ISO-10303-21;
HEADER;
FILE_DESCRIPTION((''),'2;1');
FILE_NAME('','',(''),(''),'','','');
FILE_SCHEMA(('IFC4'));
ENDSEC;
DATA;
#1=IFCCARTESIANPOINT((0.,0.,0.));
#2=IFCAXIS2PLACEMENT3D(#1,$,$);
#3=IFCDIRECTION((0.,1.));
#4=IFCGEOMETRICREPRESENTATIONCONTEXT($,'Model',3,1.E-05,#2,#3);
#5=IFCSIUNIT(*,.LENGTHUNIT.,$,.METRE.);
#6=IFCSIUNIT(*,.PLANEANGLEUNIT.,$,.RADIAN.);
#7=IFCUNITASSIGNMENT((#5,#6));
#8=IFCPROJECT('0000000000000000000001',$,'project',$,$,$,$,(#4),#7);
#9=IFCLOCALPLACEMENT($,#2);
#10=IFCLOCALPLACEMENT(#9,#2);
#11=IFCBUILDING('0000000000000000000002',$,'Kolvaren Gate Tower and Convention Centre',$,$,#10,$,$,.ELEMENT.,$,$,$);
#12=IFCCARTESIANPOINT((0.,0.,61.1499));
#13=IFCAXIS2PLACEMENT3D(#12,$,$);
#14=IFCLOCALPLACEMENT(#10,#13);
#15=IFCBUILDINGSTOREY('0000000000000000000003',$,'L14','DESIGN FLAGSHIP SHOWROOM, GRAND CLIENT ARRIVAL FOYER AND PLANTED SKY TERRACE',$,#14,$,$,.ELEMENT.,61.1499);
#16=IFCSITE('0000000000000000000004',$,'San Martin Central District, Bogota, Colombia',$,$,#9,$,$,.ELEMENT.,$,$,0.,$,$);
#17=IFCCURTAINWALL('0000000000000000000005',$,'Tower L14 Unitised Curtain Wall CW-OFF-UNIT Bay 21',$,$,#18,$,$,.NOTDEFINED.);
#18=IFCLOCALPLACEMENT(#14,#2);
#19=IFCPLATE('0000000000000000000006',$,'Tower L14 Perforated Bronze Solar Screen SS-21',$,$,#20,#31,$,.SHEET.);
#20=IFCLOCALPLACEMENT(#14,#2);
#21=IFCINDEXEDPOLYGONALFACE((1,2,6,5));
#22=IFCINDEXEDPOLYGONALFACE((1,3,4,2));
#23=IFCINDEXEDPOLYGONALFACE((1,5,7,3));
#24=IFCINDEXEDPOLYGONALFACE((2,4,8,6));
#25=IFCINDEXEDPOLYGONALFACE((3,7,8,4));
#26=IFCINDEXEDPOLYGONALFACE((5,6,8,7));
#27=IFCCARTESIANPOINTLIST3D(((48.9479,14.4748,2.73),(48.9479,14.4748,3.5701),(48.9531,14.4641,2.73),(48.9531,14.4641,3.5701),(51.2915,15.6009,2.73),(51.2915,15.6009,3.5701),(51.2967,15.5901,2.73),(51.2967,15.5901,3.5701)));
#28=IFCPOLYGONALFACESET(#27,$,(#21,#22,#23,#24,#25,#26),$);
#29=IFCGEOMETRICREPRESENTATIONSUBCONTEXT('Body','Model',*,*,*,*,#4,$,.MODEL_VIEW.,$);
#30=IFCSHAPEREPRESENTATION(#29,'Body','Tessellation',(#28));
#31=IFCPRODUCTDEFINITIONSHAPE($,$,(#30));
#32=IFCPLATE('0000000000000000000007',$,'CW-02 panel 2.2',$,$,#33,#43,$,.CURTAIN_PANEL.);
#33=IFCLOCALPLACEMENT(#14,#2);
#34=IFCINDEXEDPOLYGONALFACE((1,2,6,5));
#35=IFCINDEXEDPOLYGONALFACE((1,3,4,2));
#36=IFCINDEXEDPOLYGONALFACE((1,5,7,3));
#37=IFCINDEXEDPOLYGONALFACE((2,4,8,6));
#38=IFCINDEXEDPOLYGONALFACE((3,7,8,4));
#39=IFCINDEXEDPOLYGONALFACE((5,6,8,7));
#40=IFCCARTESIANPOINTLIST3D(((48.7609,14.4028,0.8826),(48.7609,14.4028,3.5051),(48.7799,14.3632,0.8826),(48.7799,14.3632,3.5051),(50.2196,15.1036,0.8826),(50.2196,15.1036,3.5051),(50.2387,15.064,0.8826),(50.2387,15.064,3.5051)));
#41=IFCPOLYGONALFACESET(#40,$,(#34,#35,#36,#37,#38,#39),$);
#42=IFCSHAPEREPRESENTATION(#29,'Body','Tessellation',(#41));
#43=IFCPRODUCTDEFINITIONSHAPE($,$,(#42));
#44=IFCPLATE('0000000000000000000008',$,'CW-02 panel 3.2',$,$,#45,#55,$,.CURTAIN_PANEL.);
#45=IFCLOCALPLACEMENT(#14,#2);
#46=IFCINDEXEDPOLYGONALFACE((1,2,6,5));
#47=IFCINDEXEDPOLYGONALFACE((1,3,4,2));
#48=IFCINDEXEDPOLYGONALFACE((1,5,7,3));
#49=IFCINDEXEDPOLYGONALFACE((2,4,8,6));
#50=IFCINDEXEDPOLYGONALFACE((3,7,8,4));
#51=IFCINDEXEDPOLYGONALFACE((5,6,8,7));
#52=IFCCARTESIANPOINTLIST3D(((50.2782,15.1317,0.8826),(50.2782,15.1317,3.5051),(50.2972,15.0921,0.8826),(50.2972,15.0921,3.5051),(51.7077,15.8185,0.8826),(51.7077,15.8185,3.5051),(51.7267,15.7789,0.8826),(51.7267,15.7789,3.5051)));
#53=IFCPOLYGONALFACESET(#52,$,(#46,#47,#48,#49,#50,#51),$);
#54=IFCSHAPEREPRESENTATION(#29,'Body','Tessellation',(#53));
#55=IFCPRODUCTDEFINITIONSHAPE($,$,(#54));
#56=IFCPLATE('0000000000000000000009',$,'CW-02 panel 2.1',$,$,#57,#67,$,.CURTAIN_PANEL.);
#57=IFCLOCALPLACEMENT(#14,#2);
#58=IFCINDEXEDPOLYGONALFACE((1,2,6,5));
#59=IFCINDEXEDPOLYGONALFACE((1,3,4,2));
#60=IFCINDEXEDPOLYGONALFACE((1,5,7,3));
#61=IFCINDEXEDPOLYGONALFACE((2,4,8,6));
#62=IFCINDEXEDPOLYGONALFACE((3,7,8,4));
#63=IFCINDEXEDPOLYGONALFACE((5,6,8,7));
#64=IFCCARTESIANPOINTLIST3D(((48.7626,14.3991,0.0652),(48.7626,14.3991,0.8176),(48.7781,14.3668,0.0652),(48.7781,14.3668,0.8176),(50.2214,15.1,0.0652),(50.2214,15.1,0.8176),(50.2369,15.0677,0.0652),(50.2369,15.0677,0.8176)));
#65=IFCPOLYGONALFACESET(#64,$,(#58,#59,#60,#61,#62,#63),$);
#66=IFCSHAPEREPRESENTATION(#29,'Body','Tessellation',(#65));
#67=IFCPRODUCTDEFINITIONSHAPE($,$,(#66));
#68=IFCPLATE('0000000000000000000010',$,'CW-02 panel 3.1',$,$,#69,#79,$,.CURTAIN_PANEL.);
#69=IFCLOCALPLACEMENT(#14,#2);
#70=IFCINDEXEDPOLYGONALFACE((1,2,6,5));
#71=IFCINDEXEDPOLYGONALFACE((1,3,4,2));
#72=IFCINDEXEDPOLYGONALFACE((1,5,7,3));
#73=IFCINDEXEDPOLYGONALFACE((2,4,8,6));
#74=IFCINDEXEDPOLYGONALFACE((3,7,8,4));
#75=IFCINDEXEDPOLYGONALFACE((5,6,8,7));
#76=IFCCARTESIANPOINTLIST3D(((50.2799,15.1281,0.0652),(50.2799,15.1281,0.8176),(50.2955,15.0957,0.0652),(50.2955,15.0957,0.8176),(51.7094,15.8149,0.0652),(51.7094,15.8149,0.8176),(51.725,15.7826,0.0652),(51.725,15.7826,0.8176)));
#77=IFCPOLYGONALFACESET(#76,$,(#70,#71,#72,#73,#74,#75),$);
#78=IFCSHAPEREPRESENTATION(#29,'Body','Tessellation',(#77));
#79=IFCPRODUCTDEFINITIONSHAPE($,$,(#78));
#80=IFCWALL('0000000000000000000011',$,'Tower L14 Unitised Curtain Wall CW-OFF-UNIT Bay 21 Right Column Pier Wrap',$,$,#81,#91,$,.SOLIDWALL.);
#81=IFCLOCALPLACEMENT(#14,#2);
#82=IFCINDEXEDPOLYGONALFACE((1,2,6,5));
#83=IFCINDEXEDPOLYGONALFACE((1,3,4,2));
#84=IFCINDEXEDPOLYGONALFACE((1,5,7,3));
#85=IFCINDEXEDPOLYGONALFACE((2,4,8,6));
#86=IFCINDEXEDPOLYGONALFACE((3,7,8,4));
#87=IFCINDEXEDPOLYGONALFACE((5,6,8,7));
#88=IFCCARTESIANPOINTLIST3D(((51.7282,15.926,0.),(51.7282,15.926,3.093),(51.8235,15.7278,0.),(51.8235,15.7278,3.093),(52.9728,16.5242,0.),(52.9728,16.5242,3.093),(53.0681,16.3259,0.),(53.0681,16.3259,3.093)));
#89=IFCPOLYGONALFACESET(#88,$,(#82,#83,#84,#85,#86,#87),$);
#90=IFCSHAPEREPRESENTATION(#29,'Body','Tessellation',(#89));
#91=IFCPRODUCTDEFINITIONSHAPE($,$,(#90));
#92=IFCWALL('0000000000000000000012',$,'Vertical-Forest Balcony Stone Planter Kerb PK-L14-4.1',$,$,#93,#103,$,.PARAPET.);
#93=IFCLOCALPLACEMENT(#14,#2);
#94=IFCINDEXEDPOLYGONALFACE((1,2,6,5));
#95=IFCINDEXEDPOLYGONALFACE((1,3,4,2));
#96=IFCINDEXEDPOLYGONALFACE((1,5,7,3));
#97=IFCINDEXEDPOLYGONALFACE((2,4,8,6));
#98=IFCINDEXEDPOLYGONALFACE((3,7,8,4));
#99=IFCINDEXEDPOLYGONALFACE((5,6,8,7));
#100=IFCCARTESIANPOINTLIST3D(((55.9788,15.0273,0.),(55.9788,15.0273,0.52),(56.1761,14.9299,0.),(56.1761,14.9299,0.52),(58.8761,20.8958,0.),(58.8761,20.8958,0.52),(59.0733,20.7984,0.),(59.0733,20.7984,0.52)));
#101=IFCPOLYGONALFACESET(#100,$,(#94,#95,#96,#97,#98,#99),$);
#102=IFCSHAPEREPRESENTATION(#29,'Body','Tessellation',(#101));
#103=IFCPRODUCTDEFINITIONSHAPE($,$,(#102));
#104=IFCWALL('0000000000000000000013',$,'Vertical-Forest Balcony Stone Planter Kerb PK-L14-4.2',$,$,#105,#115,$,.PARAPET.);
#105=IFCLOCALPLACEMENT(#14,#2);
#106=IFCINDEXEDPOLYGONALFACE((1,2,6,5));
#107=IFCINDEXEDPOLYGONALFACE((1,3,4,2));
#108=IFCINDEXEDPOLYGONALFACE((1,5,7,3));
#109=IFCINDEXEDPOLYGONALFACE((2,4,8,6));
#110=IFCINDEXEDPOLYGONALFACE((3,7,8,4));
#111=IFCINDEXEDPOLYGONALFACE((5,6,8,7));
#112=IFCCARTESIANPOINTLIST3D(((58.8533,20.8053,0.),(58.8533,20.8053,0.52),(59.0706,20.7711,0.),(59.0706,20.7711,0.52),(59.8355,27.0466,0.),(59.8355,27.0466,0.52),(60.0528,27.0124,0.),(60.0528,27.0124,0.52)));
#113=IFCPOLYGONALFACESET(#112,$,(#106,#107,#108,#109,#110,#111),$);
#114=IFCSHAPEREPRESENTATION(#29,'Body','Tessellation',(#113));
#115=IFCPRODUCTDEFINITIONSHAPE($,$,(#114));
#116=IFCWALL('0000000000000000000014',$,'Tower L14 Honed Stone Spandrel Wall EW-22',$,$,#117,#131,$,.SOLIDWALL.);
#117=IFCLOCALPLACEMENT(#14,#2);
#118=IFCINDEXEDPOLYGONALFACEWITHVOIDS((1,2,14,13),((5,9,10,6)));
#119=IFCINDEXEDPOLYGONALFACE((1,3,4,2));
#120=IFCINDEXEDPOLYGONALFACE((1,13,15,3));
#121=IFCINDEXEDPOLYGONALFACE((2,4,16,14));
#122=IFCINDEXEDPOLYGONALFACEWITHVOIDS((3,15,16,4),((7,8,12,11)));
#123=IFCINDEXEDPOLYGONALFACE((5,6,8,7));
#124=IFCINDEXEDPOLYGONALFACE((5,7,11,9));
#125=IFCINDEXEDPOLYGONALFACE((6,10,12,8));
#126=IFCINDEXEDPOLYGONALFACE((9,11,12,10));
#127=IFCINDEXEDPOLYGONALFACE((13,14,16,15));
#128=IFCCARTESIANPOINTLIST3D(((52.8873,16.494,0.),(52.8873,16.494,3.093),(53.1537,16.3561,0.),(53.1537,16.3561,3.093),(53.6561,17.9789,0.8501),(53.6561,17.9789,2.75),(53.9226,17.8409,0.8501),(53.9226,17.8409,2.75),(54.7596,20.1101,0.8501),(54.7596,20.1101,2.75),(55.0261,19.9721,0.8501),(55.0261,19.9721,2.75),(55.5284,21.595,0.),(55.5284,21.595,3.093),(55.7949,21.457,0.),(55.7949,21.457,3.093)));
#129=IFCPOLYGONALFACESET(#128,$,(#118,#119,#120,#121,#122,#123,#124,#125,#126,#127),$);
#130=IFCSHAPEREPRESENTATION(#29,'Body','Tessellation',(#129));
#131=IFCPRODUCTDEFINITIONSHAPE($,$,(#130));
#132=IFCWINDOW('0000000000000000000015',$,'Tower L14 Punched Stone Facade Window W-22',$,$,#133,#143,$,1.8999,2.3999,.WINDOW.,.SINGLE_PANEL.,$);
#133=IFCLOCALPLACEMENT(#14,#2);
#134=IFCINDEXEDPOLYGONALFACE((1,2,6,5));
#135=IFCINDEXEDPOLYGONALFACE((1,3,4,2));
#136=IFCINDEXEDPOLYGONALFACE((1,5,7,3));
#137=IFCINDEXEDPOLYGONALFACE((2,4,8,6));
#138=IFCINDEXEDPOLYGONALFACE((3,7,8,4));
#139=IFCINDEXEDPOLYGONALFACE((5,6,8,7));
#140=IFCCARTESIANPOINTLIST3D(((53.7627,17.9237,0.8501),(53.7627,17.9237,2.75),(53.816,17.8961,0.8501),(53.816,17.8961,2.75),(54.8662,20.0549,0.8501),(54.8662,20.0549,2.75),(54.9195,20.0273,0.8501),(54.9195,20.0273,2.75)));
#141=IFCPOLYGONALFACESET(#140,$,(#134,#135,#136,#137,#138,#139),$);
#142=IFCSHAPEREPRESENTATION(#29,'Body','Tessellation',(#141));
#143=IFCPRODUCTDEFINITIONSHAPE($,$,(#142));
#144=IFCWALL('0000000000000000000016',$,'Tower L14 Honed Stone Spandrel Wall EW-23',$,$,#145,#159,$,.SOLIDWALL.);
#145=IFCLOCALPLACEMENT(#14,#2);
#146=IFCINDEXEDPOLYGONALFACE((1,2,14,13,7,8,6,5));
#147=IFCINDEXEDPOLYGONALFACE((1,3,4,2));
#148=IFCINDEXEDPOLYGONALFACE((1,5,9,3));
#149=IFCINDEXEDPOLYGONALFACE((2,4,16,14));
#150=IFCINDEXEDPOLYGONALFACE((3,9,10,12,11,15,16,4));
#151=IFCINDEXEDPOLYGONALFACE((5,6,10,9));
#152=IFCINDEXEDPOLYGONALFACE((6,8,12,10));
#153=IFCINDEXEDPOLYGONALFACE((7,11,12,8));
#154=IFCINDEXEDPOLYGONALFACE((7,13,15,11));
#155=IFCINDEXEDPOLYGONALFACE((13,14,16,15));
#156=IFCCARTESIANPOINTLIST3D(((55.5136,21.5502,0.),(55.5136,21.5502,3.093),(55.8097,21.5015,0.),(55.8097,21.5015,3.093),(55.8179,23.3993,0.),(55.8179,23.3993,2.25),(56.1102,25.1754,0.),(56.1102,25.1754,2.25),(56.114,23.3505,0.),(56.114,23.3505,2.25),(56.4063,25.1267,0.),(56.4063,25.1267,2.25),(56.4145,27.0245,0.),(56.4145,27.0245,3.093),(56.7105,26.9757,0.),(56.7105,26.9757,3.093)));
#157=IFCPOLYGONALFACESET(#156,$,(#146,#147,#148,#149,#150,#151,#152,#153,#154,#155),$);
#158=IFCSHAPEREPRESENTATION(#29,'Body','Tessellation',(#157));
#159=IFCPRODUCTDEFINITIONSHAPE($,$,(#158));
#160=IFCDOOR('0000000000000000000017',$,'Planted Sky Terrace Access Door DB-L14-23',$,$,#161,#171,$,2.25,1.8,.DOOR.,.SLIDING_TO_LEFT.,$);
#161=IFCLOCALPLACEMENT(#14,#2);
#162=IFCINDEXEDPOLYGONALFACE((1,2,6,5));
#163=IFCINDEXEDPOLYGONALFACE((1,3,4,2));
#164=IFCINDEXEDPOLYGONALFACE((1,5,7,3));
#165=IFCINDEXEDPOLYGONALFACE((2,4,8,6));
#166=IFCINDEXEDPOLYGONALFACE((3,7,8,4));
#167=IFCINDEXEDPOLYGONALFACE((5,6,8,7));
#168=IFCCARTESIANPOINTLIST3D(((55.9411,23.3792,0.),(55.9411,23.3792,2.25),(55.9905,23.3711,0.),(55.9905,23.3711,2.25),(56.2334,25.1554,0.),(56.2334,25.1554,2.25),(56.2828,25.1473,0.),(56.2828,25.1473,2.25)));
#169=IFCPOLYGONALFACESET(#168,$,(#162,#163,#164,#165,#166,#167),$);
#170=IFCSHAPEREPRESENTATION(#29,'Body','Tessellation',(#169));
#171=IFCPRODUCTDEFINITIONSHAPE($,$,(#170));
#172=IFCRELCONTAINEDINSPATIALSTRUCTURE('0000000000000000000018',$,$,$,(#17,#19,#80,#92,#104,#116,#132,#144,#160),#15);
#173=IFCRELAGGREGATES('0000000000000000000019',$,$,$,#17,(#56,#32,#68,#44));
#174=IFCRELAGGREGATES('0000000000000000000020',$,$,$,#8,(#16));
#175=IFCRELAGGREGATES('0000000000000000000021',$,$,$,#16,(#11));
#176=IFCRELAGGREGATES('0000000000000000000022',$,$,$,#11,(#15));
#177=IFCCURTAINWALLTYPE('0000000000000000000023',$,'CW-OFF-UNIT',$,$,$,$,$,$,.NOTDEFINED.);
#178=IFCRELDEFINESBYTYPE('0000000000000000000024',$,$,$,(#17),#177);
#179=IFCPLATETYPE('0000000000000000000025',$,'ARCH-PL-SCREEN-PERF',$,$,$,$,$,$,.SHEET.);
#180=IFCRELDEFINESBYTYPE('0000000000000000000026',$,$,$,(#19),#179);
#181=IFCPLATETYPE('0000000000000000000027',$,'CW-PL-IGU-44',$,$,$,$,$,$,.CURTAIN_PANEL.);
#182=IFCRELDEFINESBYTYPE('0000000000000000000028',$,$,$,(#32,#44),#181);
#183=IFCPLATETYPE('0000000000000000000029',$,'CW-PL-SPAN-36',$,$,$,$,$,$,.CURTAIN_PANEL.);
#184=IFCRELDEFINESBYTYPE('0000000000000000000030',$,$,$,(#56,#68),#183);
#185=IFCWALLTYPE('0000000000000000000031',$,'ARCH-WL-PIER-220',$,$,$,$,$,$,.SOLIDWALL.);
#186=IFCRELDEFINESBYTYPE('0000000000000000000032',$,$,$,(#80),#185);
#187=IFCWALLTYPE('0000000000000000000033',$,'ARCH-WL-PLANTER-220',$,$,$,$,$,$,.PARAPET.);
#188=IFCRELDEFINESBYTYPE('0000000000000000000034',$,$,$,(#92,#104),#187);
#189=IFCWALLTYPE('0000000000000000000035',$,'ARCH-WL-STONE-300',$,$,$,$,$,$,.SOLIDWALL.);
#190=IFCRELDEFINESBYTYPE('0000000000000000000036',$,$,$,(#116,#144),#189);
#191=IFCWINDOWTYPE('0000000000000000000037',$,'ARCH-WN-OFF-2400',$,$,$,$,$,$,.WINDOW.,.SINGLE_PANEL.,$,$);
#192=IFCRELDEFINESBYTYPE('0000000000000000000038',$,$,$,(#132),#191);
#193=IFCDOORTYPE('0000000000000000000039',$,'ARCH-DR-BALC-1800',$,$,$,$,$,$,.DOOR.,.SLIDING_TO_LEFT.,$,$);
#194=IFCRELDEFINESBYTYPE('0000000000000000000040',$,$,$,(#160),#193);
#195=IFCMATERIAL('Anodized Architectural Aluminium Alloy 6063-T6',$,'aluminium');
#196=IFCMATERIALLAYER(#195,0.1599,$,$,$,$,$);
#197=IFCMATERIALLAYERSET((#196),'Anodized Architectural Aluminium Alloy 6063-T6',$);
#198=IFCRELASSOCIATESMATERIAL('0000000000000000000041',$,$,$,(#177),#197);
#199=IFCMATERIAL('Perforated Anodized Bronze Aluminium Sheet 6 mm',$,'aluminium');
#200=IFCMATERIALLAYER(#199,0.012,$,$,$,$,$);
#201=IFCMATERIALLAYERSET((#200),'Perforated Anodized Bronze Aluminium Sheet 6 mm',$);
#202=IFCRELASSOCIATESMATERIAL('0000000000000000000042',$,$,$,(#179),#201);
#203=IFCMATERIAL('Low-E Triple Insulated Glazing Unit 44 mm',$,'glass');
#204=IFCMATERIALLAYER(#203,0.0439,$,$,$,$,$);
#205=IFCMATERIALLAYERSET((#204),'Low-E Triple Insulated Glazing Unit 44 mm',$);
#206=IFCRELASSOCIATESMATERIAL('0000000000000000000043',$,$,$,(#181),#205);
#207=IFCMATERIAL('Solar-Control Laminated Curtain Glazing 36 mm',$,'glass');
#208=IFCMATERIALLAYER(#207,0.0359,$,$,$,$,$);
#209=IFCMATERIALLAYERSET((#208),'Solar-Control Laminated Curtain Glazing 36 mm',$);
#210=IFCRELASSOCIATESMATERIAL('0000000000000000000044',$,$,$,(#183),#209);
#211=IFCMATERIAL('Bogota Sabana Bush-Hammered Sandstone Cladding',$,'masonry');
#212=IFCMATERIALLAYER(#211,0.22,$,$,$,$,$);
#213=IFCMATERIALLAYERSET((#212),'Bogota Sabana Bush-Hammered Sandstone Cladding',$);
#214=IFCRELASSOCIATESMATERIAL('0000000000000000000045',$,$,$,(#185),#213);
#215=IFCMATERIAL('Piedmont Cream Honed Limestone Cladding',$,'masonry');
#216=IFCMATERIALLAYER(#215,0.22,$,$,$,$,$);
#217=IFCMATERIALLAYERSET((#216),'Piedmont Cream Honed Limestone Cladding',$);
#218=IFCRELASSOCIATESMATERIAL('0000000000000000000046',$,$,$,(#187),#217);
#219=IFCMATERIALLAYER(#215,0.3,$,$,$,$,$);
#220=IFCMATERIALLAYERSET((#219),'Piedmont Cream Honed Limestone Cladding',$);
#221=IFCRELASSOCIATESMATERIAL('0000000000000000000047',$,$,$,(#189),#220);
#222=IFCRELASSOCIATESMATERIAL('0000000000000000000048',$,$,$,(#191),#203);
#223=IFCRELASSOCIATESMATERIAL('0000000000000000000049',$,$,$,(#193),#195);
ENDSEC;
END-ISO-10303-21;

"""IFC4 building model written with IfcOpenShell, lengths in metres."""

from ifc_helpers import new_model, si_unit, direction, frame, frame_2d, origin, origin_2d, place, context, subcontext, project, spatial, rectangle, extrude, material, layer, layer_set, type_object, element, fill, aggregate, save


model = new_model("IFC4")

# Units and contexts
model_context = context("Model", 3, precision=1e-05, world=origin(), true_north=direction((0.0, 1.0)))
body_context = subcontext(model_context, "Body", "Model", "MODEL_VIEW")
ifc_project = project(units=[si_unit("LENGTHUNIT", "METRE"), si_unit("PLANEANGLEUNIT", "RADIAN")], contexts=[model_context])

# Site, building, storey
site_placement = place(None, origin())
site = spatial("IfcSite", under=ifc_project, at=site_placement, Name="San Martin Central District, Bogota, Colombia", CompositionType="ELEMENT", RefElevation=0.0)
building_placement = place(site_placement, origin())
building = spatial("IfcBuilding", under=site, at=building_placement, Name="Kolvaren Gate Tower and Convention Centre", CompositionType="ELEMENT")
storey_placement = place(building_placement, frame((0.0, 0.0, 61.1499)))
storey = spatial("IfcBuildingStorey", under=building, at=storey_placement, Name="L14", Description="DESIGN FLAGSHIP SHOWROOM, GRAND CLIENT ARRIVAL FOYER AND PLANTED SKY TERRACE", CompositionType="ELEMENT", Elevation=61.1499)

# Curtain wall
ifc_material_1 = material(Name="Anodized Architectural Aluminium Alloy 6063-T6", Category="aluminium")
ifc_layer_1 = layer(ifc_material_1, 0.1599)
ifc_layer_set_1 = layer_set([ifc_layer_1], Name="Anodized Architectural Aluminium Alloy 6063-T6")
curtain_wall_type = type_object("IfcCurtainWallType", Name="CW-OFF-UNIT", PredefinedType="NOTDEFINED", material=ifc_layer_set_1)
curtain_wall_placement = place(storey_placement, origin())
curtain_wall = element("IfcCurtainWall", 1, at=curtain_wall_placement, inside=storey, type_object=curtain_wall_type, Name="Tower L14 Unitised Curtain Wall CW-OFF-UNIT Bay 21", PredefinedType="NOTDEFINED")

# Plates
ifc_material_2 = material(Name="Perforated Anodized Bronze Aluminium Sheet 6 mm", Category="aluminium")
ifc_layer_2 = layer(ifc_material_2, 0.012)
ifc_layer_set_2 = layer_set([ifc_layer_2], Name="Perforated Anodized Bronze Aluminium Sheet 6 mm")
plate_type_1 = type_object("IfcPlateType", Name="ARCH-PL-SCREEN-PERF", PredefinedType="SHEET", material=ifc_layer_set_2)
plate_1_placement = place(storey_placement, frame((50.1223, 15.0325, 2.73), z_axis=(0.0, 0.0, 1.0), x_axis=(0.901358, 0.433076, 0.0)))
element("IfcPlate", 2, at=plate_1_placement, inside=storey, type_object=plate_type_1, Name="Tower L14 Perforated Bronze Solar Screen SS-21", PredefinedType="SHEET", context=body_context, shape_type="SweptSolid", body=[
    extrude(rectangle(XDim=2.6001, YDim=0.012, at=origin_2d()), origin(), (0.0, 0.0, 1.0), 0.8401),
])
ifc_material_3 = material(Name="Low-E Triple Insulated Glazing Unit 44 mm", Category="glass")
ifc_layer_3 = layer(ifc_material_3, 0.0439)
ifc_layer_set_3 = layer_set([ifc_layer_3], Name="Low-E Triple Insulated Glazing Unit 44 mm")
plate_type_2 = type_object("IfcPlateType", Name="CW-PL-IGU-44", PredefinedType="CURTAIN_PANEL", material=ifc_layer_set_3)
plate_2_placement = place(storey_placement, frame((49.4998, 14.7334, 0.8826), z_axis=(0.0, 0.0, 1.0), x_axis=(0.901362, 0.433067, 0.0)))
plate_2 = element("IfcPlate", 3, at=plate_2_placement, type_object=plate_type_2, Name="CW-02 panel 2.2", PredefinedType="CURTAIN_PANEL", context=body_context, shape_type="SweptSolid", body=[
    extrude(rectangle(XDim=1.6184, YDim=0.0439, at=origin_2d()), origin(), (0.0, 0.0, 1.0), 2.6226),
])
plate_3_placement = place(storey_placement, frame((51.0024, 15.4553, 0.8826), z_axis=(0.0, 0.0, 1.0), x_axis=(0.901362, 0.433067, 0.0)))
plate_3 = element("IfcPlate", 4, at=plate_3_placement, type_object=plate_type_2, Name="CW-02 panel 3.2", PredefinedType="CURTAIN_PANEL", context=body_context, shape_type="SweptSolid", body=[
    extrude(rectangle(XDim=1.5859, YDim=0.0439, at=origin_2d()), origin(), (0.0, 0.0, 1.0), 2.6226),
])
ifc_material_4 = material(Name="Solar-Control Laminated Curtain Glazing 36 mm", Category="glass")
ifc_layer_4 = layer(ifc_material_4, 0.0359)
ifc_layer_set_4 = layer_set([ifc_layer_4], Name="Solar-Control Laminated Curtain Glazing 36 mm")
plate_type_3 = type_object("IfcPlateType", Name="CW-PL-SPAN-36", PredefinedType="CURTAIN_PANEL", material=ifc_layer_set_4)
plate_4_placement = place(storey_placement, frame((49.4998, 14.7334, 0.0652), z_axis=(0.0, 0.0, 1.0), x_axis=(0.901362, 0.433067, 0.0)))
plate_4 = element("IfcPlate", 5, at=plate_4_placement, type_object=plate_type_3, Name="CW-02 panel 2.1", PredefinedType="CURTAIN_PANEL", context=body_context, shape_type="SweptSolid", body=[
    extrude(rectangle(XDim=1.6184, YDim=0.0359, at=origin_2d()), origin(), (0.0, 0.0, 1.0), 0.7524),
])
plate_5_placement = place(storey_placement, frame((51.0024, 15.4553, 0.0652), z_axis=(0.0, 0.0, 1.0), x_axis=(0.901362, 0.433067, 0.0)))
plate_5 = element("IfcPlate", 6, at=plate_5_placement, type_object=plate_type_3, Name="CW-02 panel 3.1", PredefinedType="CURTAIN_PANEL", context=body_context, shape_type="SweptSolid", body=[
    extrude(rectangle(XDim=1.5859, YDim=0.0359, at=origin_2d()), origin(), (0.0, 0.0, 1.0), 0.7524),
])
aggregate(curtain_wall, [plate_4, plate_2, plate_5, plate_3])

# Walls
ifc_material_5 = material(Name="Bogota Sabana Bush-Hammered Sandstone Cladding", Category="masonry")
ifc_layer_5 = layer(ifc_material_5, 0.22)
ifc_layer_set_5 = layer_set([ifc_layer_5], Name="Bogota Sabana Bush-Hammered Sandstone Cladding")
wall_type_1 = type_object("IfcWallType", Name="ARCH-WL-PIER-220", PredefinedType="SOLIDWALL", material=ifc_layer_set_5)
wall_1_placement = place(storey_placement, frame((51.7759, 15.8269, 0.0), z_axis=(0.0, 0.0, 1.0), x_axis=(0.901319, 0.433156, 0.0)))
element("IfcWall", 7, at=wall_1_placement, inside=storey, type_object=wall_type_1, Name="Tower L14 Unitised Curtain Wall CW-OFF-UNIT Bay 21 Right Column Pier Wrap", PredefinedType="SOLIDWALL", context=body_context, shape_type="SweptSolid", body=[
    extrude(rectangle(XDim=1.3809, YDim=0.22, at=frame_2d((0.6904, 0.0))), origin(), (0.0, 0.0, 1.0), 3.093),
])
ifc_material_6 = material(Name="Piedmont Cream Honed Limestone Cladding", Category="masonry")
ifc_layer_6 = layer(ifc_material_6, 0.22)
ifc_layer_set_6 = layer_set([ifc_layer_6], Name="Piedmont Cream Honed Limestone Cladding")
wall_type_2 = type_object("IfcWallType", Name="ARCH-WL-PLANTER-220", PredefinedType="PARAPET", material=ifc_layer_set_6)
wall_2_placement = place(storey_placement, frame((56.0774, 14.9785, 0.0), z_axis=(0.0, 0.0, 1.0), x_axis=(0.442687, 0.896676, 0.0)))
element("IfcWall", 8, at=wall_2_placement, inside=storey, type_object=wall_type_2, Name="Vertical-Forest Balcony Stone Planter Kerb PK-L14-4.1", PredefinedType="PARAPET", context=body_context, shape_type="SweptSolid", body=[
    extrude(rectangle(XDim=6.5447, YDim=0.22, at=frame_2d((3.2725, 0.0))), origin(), (0.0, 0.0, 1.0), 0.52),
])
wall_3_placement = place(storey_placement, frame((58.9619, 20.7881, 0.0), z_axis=(0.0, 0.0, 1.0), x_axis=(0.155457, 0.987843, 0.0)))
element("IfcWall", 9, at=wall_3_placement, inside=storey, type_object=wall_type_2, Name="Vertical-Forest Balcony Stone Planter Kerb PK-L14-4.2", PredefinedType="PARAPET", context=body_context, shape_type="SweptSolid", body=[
    extrude(rectangle(XDim=6.3181, YDim=0.22, at=frame_2d((3.1592, 0.0))), origin(), (0.0, 0.0, 1.0), 0.52),
])

# Wall, opening, window
ifc_layer_7 = layer(ifc_material_6, 0.3)
ifc_layer_set_7 = layer_set([ifc_layer_7], Name="Piedmont Cream Honed Limestone Cladding")
wall_type_3 = type_object("IfcWallType", Name="ARCH-WL-STONE-300", PredefinedType="SOLIDWALL", material=ifc_layer_set_7)
wall_4_placement = place(storey_placement, frame((53.0205, 16.425, 0.0), z_axis=(0.0, 0.0, 1.0), x_axis=(0.459801, 0.888022, 0.0)))
wall_4 = element("IfcWall", 10, at=wall_4_placement, inside=storey, type_object=wall_type_3, Name="Tower L14 Honed Stone Spandrel Wall EW-22", PredefinedType="SOLIDWALL", context=body_context, shape_type="SweptSolid", body=[
    extrude(rectangle(XDim=5.7441, YDim=0.3, at=frame_2d((2.8721, 0.0))), origin(), (0.0, 0.0, 1.0), 3.093),
])
opening_1_placement = place(wall_4_placement, frame((1.6721, 0.0, 0.8501)))
opening_1 = element("IfcOpeningElement", 11, at=opening_1_placement, cuts=wall_4, PredefinedType="OPENING", context=body_context, shape_type="SweptSolid", body=[
    extrude(rectangle(XDim=2.3999, YDim=1.8999, at=frame_2d((1.2, 0.95))), frame((0.0, 0.1599, 0.0), z_axis=(0.0, -1.0, 0.0), x_axis=(1.0, 0.0, 0.0)), (0.0, 0.0, 1.0), 0.3201),
])
window_type = type_object("IfcWindowType", Name="ARCH-WN-OFF-2400", PartitioningType="SINGLE_PANEL", PredefinedType="WINDOW", material=ifc_material_3)
window_placement = place(opening_1_placement, origin())
window = element("IfcWindow", 12, at=window_placement, inside=storey, type_object=window_type, Name="Tower L14 Punched Stone Facade Window W-22", OverallHeight=1.8999, OverallWidth=2.3999, PartitioningType="SINGLE_PANEL", PredefinedType="WINDOW", context=body_context, shape_type="SweptSolid", body=[
    extrude(rectangle(XDim=2.3999, YDim=1.8999, at=frame_2d((1.2, 0.95))), frame((0.0, 0.03, 0.0), z_axis=(0.0, -1.0, 0.0), x_axis=(1.0, 0.0, 0.0)), (0.0, 0.0, 1.0), 0.0601),
])
fill(opening_1, window)

# Wall, opening, door
wall_5_placement = place(storey_placement, frame((55.6616, 21.5259, 0.0), z_axis=(0.0, 0.0, 1.0), x_axis=(0.162386, 0.986727, 0.0)))
wall_5 = element("IfcWall", 13, at=wall_5_placement, inside=storey, type_object=wall_type_3, Name="Tower L14 Honed Stone Spandrel Wall EW-23", PredefinedType="SOLIDWALL", context=body_context, shape_type="SweptSolid", body=[
    extrude(rectangle(XDim=5.5479, YDim=0.3, at=frame_2d((2.7739, 0.0))), origin(), (0.0, 0.0, 1.0), 3.093),
])
opening_2_placement = place(wall_5_placement, frame((1.874, 0.0, 0.0)))
opening_2 = element("IfcOpeningElement", 14, at=opening_2_placement, cuts=wall_5, PredefinedType="OPENING", context=body_context, shape_type="SweptSolid", body=[
    extrude(rectangle(XDim=1.8, YDim=2.25, at=frame_2d((0.8999, 1.125))), frame((0.0, 0.1599, 0.0), z_axis=(0.0, -1.0, 0.0), x_axis=(1.0, 0.0, 0.0)), (0.0, 0.0, 1.0), 0.3201),
])
door_type = type_object("IfcDoorType", Name="ARCH-DR-BALC-1800", OperationType="SLIDING_TO_LEFT", PredefinedType="DOOR", material=ifc_material_1)
door_placement = place(opening_2_placement, frame((1.8, 0.0, 0.0), z_axis=(0.0, 0.0, 1.0), x_axis=(-1.0, 0.0, 0.0)))
door = element("IfcDoor", 15, at=door_placement, inside=storey, type_object=door_type, Name="Planted Sky Terrace Access Door DB-L14-23", OperationType="SLIDING_TO_LEFT", OverallHeight=2.25, OverallWidth=1.8, PredefinedType="DOOR", context=body_context, shape_type="SweptSolid", body=[
    extrude(rectangle(XDim=1.8, YDim=2.25, at=frame_2d((0.8999, 1.125))), frame((0.0, 0.0249, 0.0), z_axis=(0.0, -1.0, 0.0), x_axis=(1.0, 0.0, 0.0)), (0.0, 0.0, 1.0), 0.05),
])
fill(opening_2, door)

save(model, "model.ifc")
